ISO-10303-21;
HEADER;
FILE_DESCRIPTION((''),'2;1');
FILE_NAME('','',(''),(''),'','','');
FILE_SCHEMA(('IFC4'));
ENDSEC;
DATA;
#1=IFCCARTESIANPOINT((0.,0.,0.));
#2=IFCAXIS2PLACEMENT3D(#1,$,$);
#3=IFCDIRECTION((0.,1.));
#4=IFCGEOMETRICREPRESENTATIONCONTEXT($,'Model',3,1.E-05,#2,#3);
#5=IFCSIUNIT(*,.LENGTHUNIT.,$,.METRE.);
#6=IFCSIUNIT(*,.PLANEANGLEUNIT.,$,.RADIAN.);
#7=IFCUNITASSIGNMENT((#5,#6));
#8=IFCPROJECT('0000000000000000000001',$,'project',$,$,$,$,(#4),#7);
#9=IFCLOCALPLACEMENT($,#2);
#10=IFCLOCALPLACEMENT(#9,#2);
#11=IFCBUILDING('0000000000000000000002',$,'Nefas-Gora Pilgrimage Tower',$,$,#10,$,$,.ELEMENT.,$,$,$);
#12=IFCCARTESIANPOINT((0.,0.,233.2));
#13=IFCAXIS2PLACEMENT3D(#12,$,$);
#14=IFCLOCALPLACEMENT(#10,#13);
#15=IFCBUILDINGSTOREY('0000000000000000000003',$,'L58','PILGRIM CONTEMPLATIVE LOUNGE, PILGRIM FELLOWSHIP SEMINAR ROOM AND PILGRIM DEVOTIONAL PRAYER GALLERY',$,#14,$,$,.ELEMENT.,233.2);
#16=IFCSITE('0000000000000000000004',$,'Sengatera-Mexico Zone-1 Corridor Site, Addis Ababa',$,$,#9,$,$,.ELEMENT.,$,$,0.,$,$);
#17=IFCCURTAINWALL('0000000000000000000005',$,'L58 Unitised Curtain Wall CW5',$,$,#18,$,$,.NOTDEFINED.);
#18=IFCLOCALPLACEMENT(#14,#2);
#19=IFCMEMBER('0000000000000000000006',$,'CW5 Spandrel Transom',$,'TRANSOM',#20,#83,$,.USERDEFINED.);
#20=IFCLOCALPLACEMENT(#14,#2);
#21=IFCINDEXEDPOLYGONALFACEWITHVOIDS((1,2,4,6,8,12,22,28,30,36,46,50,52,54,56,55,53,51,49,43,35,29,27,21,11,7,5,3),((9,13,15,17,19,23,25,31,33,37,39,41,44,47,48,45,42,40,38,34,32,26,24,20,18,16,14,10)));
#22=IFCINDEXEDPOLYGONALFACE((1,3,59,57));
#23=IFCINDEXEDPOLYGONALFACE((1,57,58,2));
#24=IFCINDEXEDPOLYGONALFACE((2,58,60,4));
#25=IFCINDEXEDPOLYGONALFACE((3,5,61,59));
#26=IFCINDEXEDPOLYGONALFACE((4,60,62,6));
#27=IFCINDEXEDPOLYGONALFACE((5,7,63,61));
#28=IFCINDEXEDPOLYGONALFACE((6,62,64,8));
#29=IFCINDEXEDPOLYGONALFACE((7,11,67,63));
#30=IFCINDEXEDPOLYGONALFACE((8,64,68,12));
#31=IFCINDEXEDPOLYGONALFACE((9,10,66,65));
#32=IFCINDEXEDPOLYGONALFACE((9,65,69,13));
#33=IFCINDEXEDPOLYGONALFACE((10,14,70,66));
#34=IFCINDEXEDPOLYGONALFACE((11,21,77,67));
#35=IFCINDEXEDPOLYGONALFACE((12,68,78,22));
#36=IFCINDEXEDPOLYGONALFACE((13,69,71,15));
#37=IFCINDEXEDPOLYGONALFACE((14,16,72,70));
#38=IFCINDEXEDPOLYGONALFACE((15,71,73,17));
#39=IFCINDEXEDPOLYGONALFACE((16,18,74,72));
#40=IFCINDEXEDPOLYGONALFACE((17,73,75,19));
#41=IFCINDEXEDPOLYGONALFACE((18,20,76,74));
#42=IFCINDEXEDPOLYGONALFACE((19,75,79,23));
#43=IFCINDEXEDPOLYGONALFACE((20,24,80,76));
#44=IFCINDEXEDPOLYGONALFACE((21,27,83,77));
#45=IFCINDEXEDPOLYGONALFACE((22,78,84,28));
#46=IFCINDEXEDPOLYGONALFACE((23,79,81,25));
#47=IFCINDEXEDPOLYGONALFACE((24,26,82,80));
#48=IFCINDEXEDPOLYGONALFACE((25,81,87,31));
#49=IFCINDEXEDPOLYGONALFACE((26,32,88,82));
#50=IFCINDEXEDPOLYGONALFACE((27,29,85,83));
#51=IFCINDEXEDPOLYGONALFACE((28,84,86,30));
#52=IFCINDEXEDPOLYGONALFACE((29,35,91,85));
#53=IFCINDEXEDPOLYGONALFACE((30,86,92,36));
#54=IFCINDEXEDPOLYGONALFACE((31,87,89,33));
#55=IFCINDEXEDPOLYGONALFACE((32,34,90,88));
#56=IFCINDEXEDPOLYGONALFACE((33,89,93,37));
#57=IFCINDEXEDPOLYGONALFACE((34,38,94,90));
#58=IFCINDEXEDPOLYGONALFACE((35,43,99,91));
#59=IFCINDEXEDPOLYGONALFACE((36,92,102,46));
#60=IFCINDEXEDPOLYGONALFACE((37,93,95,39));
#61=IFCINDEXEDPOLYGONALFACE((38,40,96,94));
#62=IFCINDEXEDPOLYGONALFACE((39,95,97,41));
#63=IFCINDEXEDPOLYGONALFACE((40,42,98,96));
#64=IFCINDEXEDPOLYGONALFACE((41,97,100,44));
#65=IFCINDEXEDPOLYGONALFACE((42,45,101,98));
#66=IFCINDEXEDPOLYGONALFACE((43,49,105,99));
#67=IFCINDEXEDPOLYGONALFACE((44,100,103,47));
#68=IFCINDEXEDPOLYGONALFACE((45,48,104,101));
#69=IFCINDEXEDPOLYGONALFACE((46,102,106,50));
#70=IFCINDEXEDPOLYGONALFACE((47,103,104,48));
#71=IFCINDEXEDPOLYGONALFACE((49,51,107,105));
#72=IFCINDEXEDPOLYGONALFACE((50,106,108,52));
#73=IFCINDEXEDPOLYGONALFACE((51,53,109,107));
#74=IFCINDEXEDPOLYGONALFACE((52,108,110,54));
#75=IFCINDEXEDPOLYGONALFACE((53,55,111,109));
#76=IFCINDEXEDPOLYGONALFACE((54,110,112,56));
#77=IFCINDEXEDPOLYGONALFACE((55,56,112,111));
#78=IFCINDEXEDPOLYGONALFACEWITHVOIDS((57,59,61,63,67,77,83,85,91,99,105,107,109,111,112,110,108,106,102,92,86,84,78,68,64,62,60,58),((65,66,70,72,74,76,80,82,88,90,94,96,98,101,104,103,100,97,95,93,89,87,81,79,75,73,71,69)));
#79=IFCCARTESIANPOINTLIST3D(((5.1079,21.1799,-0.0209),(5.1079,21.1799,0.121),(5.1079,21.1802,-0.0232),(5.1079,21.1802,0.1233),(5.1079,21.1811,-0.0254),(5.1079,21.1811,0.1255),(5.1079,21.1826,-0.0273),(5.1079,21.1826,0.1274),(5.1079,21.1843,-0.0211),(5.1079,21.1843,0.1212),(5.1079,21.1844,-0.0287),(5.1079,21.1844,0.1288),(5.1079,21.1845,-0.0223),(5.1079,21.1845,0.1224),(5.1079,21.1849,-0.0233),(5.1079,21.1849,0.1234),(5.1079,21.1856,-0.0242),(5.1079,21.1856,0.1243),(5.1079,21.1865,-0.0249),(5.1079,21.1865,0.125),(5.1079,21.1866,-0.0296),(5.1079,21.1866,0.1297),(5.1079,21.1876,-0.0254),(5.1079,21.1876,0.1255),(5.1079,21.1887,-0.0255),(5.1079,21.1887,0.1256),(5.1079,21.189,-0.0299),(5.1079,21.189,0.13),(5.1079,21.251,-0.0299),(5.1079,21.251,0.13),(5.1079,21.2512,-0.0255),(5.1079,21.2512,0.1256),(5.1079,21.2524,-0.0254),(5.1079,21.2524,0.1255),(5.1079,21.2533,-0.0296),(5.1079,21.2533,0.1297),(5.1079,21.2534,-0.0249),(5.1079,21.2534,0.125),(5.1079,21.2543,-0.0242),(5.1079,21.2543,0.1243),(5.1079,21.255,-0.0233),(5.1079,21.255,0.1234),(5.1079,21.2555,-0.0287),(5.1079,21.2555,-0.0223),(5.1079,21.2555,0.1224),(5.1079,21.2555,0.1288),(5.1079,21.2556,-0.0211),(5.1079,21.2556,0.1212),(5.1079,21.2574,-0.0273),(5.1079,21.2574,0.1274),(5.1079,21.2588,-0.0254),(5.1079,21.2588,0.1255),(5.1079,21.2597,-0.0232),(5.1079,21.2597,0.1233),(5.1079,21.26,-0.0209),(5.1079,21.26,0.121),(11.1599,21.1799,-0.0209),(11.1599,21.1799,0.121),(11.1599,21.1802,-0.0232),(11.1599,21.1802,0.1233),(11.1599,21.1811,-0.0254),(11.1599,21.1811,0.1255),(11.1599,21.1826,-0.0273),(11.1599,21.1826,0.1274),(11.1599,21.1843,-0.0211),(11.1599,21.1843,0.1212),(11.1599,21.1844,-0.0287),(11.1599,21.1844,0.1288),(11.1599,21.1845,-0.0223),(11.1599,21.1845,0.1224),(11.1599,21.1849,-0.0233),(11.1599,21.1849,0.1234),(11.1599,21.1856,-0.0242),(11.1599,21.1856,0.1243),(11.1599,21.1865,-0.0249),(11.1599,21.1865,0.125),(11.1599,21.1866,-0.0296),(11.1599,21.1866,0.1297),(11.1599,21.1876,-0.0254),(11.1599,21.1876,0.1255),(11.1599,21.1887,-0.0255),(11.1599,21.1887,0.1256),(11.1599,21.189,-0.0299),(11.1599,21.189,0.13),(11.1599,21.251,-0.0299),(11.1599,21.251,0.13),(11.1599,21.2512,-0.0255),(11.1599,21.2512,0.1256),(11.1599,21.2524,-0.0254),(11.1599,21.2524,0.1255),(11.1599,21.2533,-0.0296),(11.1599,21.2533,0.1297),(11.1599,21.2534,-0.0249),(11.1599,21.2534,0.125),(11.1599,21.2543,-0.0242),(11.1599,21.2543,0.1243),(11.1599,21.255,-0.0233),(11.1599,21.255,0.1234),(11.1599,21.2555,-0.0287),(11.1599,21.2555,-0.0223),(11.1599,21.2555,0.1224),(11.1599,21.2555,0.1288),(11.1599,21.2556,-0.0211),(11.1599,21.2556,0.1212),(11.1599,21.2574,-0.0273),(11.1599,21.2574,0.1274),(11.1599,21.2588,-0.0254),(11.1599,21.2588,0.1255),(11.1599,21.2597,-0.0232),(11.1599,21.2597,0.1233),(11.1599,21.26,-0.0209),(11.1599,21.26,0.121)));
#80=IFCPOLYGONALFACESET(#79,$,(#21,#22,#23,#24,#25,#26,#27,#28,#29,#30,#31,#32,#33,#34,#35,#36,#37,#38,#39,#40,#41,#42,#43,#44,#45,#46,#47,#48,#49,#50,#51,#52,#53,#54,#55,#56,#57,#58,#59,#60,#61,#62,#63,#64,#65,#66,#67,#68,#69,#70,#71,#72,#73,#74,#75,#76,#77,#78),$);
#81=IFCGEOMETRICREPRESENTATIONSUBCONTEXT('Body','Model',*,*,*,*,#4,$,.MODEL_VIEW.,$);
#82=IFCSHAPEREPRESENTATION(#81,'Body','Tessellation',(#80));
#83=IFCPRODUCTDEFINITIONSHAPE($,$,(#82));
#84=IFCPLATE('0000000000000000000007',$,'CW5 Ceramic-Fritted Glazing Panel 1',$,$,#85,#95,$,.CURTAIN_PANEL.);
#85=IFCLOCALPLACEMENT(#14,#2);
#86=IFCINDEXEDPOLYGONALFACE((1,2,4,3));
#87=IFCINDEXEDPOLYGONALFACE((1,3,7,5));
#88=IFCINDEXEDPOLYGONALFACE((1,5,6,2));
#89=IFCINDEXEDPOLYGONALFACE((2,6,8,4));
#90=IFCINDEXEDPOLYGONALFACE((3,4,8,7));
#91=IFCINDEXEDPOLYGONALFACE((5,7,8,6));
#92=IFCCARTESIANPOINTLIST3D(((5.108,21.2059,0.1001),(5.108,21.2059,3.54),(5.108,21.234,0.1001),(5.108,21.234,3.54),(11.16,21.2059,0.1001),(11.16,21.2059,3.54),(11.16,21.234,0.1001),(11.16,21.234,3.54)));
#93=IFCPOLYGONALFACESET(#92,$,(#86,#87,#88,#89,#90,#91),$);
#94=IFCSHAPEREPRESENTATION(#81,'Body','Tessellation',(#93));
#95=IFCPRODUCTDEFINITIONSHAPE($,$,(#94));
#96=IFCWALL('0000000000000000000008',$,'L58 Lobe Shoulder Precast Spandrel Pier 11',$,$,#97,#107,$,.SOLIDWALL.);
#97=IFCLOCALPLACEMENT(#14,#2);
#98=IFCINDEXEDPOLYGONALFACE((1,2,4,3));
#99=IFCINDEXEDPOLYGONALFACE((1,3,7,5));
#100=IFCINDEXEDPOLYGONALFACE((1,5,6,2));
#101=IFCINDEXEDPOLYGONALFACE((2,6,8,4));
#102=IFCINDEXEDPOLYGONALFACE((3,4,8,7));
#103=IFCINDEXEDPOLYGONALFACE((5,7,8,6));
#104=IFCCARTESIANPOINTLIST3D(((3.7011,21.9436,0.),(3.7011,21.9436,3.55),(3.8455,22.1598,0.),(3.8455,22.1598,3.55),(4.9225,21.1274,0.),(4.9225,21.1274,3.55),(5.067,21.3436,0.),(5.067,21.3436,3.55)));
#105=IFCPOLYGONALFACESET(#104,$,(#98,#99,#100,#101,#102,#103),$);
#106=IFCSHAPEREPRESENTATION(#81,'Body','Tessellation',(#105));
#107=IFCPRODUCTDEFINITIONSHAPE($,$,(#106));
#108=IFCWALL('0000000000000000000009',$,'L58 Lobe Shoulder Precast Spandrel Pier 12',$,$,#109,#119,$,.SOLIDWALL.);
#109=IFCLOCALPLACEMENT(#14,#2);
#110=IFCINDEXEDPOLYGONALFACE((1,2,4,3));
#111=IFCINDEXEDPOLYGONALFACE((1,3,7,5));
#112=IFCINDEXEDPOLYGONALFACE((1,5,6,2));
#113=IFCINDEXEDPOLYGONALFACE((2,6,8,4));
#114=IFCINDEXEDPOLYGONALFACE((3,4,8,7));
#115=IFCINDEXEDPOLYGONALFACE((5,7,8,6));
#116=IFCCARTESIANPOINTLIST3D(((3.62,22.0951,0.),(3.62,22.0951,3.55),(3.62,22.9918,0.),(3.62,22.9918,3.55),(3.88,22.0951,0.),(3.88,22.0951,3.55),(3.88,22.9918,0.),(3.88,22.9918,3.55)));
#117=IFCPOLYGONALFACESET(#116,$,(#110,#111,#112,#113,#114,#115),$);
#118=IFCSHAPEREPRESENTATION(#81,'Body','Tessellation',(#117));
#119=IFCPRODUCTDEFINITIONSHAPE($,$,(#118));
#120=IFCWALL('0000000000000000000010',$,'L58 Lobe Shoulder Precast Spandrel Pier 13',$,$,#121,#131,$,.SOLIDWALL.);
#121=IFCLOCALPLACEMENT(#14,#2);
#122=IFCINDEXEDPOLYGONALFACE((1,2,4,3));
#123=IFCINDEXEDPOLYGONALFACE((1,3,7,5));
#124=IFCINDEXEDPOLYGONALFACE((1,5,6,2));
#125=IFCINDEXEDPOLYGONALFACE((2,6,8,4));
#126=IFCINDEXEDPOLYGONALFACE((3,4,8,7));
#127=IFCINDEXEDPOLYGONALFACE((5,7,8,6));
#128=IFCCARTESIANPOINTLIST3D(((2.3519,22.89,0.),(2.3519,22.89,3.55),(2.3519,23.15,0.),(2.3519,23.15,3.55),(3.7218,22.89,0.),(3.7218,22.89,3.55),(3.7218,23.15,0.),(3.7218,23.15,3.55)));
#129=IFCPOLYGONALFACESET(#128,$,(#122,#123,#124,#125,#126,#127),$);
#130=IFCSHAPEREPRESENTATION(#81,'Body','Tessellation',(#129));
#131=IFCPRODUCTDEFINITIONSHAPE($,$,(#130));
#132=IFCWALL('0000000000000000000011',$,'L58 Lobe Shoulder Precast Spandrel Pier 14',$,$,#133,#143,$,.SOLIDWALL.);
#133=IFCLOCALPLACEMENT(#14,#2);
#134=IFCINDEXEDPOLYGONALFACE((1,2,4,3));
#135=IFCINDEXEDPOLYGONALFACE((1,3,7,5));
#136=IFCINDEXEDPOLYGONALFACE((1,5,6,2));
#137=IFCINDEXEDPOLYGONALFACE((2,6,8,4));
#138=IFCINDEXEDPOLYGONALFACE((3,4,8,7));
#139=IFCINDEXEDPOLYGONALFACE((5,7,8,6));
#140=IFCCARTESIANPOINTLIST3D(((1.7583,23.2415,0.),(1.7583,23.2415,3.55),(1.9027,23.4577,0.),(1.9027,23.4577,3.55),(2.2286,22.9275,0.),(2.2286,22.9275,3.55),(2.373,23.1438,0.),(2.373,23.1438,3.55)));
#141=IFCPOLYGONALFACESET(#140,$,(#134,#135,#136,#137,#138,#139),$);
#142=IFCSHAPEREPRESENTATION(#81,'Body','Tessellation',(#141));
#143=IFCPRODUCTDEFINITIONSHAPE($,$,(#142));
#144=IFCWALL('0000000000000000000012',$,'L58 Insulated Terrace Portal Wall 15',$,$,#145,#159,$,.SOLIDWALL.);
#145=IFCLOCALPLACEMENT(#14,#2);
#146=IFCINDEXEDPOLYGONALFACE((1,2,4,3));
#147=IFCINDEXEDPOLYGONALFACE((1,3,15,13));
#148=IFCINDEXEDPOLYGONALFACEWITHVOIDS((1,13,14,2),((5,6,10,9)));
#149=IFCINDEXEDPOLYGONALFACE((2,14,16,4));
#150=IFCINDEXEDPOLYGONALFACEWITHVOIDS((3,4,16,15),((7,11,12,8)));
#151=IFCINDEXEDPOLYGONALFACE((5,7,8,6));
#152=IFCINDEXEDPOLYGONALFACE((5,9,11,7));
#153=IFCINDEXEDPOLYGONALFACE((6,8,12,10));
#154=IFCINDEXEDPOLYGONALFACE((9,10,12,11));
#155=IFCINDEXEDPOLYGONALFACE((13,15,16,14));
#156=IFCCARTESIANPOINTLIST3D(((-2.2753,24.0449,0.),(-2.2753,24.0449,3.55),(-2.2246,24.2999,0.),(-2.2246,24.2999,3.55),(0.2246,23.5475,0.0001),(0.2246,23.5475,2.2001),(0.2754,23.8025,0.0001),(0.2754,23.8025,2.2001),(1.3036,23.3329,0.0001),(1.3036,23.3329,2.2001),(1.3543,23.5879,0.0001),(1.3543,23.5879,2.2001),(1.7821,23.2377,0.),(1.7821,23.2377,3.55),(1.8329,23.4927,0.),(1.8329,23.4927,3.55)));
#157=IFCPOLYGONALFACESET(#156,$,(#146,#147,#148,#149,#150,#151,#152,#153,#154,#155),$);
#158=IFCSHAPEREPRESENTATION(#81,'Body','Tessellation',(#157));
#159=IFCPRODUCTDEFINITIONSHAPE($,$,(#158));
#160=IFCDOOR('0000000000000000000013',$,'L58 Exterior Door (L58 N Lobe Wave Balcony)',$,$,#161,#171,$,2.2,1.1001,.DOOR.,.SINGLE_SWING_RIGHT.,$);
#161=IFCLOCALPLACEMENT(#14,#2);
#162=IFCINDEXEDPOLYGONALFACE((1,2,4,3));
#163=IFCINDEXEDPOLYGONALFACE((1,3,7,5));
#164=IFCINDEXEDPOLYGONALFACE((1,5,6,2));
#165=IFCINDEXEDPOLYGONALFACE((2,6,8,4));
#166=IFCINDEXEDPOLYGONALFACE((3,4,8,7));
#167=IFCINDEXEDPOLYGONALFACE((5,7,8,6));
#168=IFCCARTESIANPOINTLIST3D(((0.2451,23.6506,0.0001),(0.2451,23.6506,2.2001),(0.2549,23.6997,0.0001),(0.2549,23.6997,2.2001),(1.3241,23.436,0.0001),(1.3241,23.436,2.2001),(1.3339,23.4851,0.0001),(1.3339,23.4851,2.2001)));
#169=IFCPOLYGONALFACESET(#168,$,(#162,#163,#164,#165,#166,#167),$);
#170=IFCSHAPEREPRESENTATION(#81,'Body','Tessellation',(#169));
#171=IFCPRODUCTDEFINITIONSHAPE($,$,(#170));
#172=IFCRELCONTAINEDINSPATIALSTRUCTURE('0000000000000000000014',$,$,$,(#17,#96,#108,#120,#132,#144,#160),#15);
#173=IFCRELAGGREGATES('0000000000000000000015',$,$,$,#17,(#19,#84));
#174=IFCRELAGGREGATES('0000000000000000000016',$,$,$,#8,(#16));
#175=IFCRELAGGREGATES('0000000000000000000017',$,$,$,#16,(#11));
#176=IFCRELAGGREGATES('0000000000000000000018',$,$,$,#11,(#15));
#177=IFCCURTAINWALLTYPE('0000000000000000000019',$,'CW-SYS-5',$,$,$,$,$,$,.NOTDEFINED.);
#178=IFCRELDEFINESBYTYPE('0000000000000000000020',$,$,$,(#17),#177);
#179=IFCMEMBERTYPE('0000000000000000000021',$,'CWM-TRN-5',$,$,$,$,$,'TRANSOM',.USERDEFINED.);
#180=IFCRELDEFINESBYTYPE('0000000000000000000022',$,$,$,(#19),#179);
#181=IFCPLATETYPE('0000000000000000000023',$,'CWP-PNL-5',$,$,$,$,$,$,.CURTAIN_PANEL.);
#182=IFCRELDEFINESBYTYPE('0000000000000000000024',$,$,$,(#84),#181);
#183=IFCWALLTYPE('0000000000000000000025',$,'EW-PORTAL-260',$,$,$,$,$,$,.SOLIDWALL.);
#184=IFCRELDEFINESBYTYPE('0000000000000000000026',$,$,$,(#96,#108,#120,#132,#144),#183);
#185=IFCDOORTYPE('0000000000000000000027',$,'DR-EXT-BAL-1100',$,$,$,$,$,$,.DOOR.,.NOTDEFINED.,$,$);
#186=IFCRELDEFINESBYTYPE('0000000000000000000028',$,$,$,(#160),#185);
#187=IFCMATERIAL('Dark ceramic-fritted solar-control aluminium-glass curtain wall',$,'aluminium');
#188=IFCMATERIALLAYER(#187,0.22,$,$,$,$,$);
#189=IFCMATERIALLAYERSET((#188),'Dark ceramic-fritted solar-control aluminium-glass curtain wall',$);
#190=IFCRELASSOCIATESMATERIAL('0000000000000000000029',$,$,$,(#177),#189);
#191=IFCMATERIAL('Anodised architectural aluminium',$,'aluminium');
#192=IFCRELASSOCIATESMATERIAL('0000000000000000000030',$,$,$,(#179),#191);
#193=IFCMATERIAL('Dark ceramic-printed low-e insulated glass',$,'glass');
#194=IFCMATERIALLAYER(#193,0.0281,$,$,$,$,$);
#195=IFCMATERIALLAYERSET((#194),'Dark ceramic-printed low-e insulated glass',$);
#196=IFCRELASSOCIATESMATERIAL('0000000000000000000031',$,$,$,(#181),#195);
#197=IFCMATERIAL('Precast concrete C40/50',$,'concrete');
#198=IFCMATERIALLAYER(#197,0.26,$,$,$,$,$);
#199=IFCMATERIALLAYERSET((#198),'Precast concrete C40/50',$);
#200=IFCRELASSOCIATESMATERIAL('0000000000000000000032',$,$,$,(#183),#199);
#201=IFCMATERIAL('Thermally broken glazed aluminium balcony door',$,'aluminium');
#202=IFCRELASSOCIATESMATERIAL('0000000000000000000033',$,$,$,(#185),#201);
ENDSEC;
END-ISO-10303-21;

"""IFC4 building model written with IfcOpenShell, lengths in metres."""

from ifc_helpers import new_model, si_unit, direction, frame, frame_2d, origin, origin_2d, place, context, subcontext, project, spatial, rectangle, hollow_rectangle, extrude, source, transform, mapped, material, layer, layer_set, material_profile, profile_set, type_object, element, fill, aggregate, save


model = new_model("IFC4")

# Units and contexts
model_context = context("Model", 3, precision=1e-05, world=origin(), true_north=direction((0.0, 1.0)))
body_context = subcontext(model_context, "Body", "Model", "MODEL_VIEW")
ifc_project = project(units=[si_unit("LENGTHUNIT", "METRE"), si_unit("PLANEANGLEUNIT", "RADIAN")], contexts=[model_context])

# Site, building, storey
site_placement = place(None, origin())
site = spatial("IfcSite", under=ifc_project, at=site_placement, Name="Sengatera-Mexico Zone-1 Corridor Site, Addis Ababa", CompositionType="ELEMENT", RefElevation=0.0)
building_placement = place(site_placement, origin())
building = spatial("IfcBuilding", under=site, at=building_placement, Name="Nefas-Gora Pilgrimage Tower", CompositionType="ELEMENT")
storey_placement = place(building_placement, frame((0.0, 0.0, 233.2)))
storey = spatial("IfcBuildingStorey", under=building, at=storey_placement, Name="L58", Description="PILGRIM CONTEMPLATIVE LOUNGE, PILGRIM FELLOWSHIP SEMINAR ROOM AND PILGRIM DEVOTIONAL PRAYER GALLERY", CompositionType="ELEMENT", Elevation=233.2)

# Curtain wall, member, plate
ifc_material_1 = material(Name="Dark ceramic-fritted solar-control aluminium-glass curtain wall", Category="aluminium")
ifc_layer_1 = layer(ifc_material_1, 0.22)
ifc_layer_set_1 = layer_set([ifc_layer_1], Name="Dark ceramic-fritted solar-control aluminium-glass curtain wall")
curtain_wall_type = type_object("IfcCurtainWallType", Name="CW-SYS-5", PredefinedType="NOTDEFINED", material=ifc_layer_set_1)
curtain_wall_placement = place(storey_placement, origin())
curtain_wall = element("IfcCurtainWall", 1, at=curtain_wall_placement, inside=storey, type_object=curtain_wall_type, Name="L58 Unitised Curtain Wall CW5", PredefinedType="NOTDEFINED")
ifc_material_2 = material(Name="Anodised architectural aluminium", Category="aluminium")
ifc_material_profile_1 = material_profile(ifc_material_2, hollow_rectangle(XDim=0.0801, YDim=0.1599, WallThickness=0.0044, InnerFilletRadius=0.0044, OuterFilletRadius=0.009, at=origin_2d()), Name="ALU TRANSOM 80x160")
ifc_profile_set_1 = profile_set([ifc_material_profile_1], Name="Anodised architectural aluminium")
member_type_1 = type_object("IfcMemberType", Name="CWM-TRN-5", ElementType="TRANSOM", PredefinedType="USERDEFINED", material=ifc_profile_set_1)
shared_shape_1 = source(origin(), body_context, "Body", "SweptSolid", [
    extrude(hollow_rectangle(XDim=0.0801, YDim=0.1599, WallThickness=0.0044, InnerFilletRadius=0.0044, OuterFilletRadius=0.009, at=origin_2d()), origin(), (0.0, 0.0, 1.0), 6.052),
])
member_1_placement = place(storey_placement, frame((11.1599, 21.22, 0.05), z_axis=(-1.0, 0.0, 0.0), x_axis=(0.0, -1.0, 0.0)))
member_1 = element("IfcMember", 2, at=member_1_placement, type_object=member_type_1, Name="CW5 Spandrel Transom", ObjectType="TRANSOM", PredefinedType="USERDEFINED", context=body_context, shape_type="MappedRepresentation", body=[
    mapped(shared_shape_1, transform((0.0, 0.0, 0.0), x_axis=(1.0, 0.0, 0.0), y_axis=(0.0, 1.0, 0.0), z_axis=(0.0, 0.0, 1.0), scale=1.0)),
])
ifc_material_3 = material(Name="Dark ceramic-printed low-e insulated glass", Category="glass")
ifc_layer_2 = layer(ifc_material_3, 0.0281)
ifc_layer_set_2 = layer_set([ifc_layer_2], Name="Dark ceramic-printed low-e insulated glass")
plate_type = type_object("IfcPlateType", Name="CWP-PNL-5", PredefinedType="CURTAIN_PANEL", material=ifc_layer_set_2)
shared_shape_2 = source(origin(), body_context, "Body", "SweptSolid", [
    extrude(rectangle(XDim=6.052, YDim=0.0281, at=origin_2d()), origin(), (0.0, 0.0, 1.0), 3.4399),
])
plate_placement = place(storey_placement, frame((8.134, 21.22, 0.1001), z_axis=(0.0, 0.0, 1.0), x_axis=(-1.0, 0.0, 0.0)))
plate = element("IfcPlate", 3, at=plate_placement, type_object=plate_type, Name="CW5 Ceramic-Fritted Glazing Panel 1", PredefinedType="CURTAIN_PANEL", context=body_context, shape_type="MappedRepresentation", body=[
    mapped(shared_shape_2, transform((0.0, 0.0, 0.0), x_axis=(1.0, 0.0, 0.0), y_axis=(0.0, 1.0, 0.0), z_axis=(0.0, 0.0, 1.0), scale=1.0)),
])
aggregate(curtain_wall, [member_1, plate])

# Walls
ifc_material_4 = material(Name="Precast concrete C40/50", Category="concrete")
ifc_layer_3 = layer(ifc_material_4, 0.26)
ifc_layer_set_3 = layer_set([ifc_layer_3], Name="Precast concrete C40/50")
wall_type_1 = type_object("IfcWallType", Name="EW-PORTAL-260", PredefinedType="SOLIDWALL", material=ifc_layer_set_3)
shared_shape_3 = source(origin(), body_context, "Body", "SweptSolid", [
    extrude(rectangle(XDim=1.469, YDim=0.26, at=frame_2d((0.7344, 0.0))), origin(), (0.0, 0.0, 1.0), 3.55),
])
wall_1_placement = place(storey_placement, frame((4.9946, 21.2356, 0.0), z_axis=(0.0, 0.0, 1.0), x_axis=(-0.831462, 0.555582, 0.0)))
element("IfcWall", 4, at=wall_1_placement, inside=storey, type_object=wall_type_1, Name="L58 Lobe Shoulder Precast Spandrel Pier 11", PredefinedType="SOLIDWALL", context=body_context, shape_type="MappedRepresentation", body=[
    mapped(shared_shape_3, transform((0.0, 0.0, 0.0), x_axis=(1.0, 0.0, 0.0), y_axis=(0.0, 1.0, 0.0), z_axis=(0.0, 0.0, 1.0), scale=1.0)),
])
shared_shape_4 = source(origin(), body_context, "Body", "SweptSolid", [
    extrude(rectangle(XDim=0.8967, YDim=0.26, at=frame_2d((0.4482, 0.0))), origin(), (0.0, 0.0, 1.0), 3.55),
])
wall_2_placement = place(storey_placement, frame((3.75, 22.0952, 0.0), z_axis=(0.0, 0.0, 1.0), x_axis=(0.0, 1.0, 0.0)))
element("IfcWall", 5, at=wall_2_placement, inside=storey, type_object=wall_type_1, Name="L58 Lobe Shoulder Precast Spandrel Pier 12", PredefinedType="SOLIDWALL", context=body_context, shape_type="MappedRepresentation", body=[
    mapped(shared_shape_4, transform((0.0, 0.0, 0.0), x_axis=(1.0, 0.0, 0.0), y_axis=(0.0, 1.0, 0.0), z_axis=(0.0, 0.0, 1.0), scale=1.0)),
])
shared_shape_5 = source(origin(), body_context, "Body", "SweptSolid", [
    extrude(rectangle(XDim=1.3699, YDim=0.26, at=frame_2d((0.6851, 0.0))), origin(), (0.0, 0.0, 1.0), 3.55),
])
wall_3_placement = place(storey_placement, frame((3.7219, 23.02, 0.0), z_axis=(0.0, 0.0, 1.0), x_axis=(-1.0, 0.0, 0.0)))
element("IfcWall", 6, at=wall_3_placement, inside=storey, type_object=wall_type_1, Name="L58 Lobe Shoulder Precast Spandrel Pier 13", PredefinedType="SOLIDWALL", context=body_context, shape_type="MappedRepresentation", body=[
    mapped(shared_shape_5, transform((0.0, 0.0, 0.0), x_axis=(1.0, 0.0, 0.0), y_axis=(0.0, 1.0, 0.0), z_axis=(0.0, 0.0, 1.0), scale=1.0)),
])
shared_shape_6 = source(origin(), body_context, "Body", "SweptSolid", [
    extrude(rectangle(XDim=0.5654, YDim=0.26, at=frame_2d((0.2827, 0.0))), origin(), (0.0, 0.0, 1.0), 3.55),
])
wall_4_placement = place(storey_placement, frame((2.3008, 23.0356, 0.0), z_axis=(0.0, 0.0, 1.0), x_axis=(-0.831651, 0.555298, 0.0)))
element("IfcWall", 7, at=wall_4_placement, inside=storey, type_object=wall_type_1, Name="L58 Lobe Shoulder Precast Spandrel Pier 14", PredefinedType="SOLIDWALL", context=body_context, shape_type="MappedRepresentation", body=[
    mapped(shared_shape_6, transform((0.0, 0.0, 0.0), x_axis=(1.0, 0.0, 0.0), y_axis=(0.0, 1.0, 0.0), z_axis=(0.0, 0.0, 1.0), scale=1.0)),
])

# Wall, opening, door
shared_shape_7 = source(origin(), body_context, "Body", "SweptSolid", [
    extrude(rectangle(XDim=4.137, YDim=0.26, at=frame_2d((2.0684, 0.0))), origin(), (0.0, 0.0, 1.0), 3.55),
])
wall_5_placement = place(storey_placement, frame((1.8074, 23.3652, 0.0), z_axis=(0.0, 0.0, 1.0), x_axis=(-0.980782, 0.195106, 0.0)))
wall_5 = element("IfcWall", 8, at=wall_5_placement, inside=storey, type_object=wall_type_1, Name="L58 Insulated Terrace Portal Wall 15", PredefinedType="SOLIDWALL", context=body_context, shape_type="MappedRepresentation", body=[
    mapped(shared_shape_7, transform((0.0, 0.0, 0.0), x_axis=(1.0, 0.0, 0.0), y_axis=(0.0, 1.0, 0.0), z_axis=(0.0, 0.0, 1.0), scale=1.0)),
])
opening_1_placement = place(wall_5_placement, frame((0.4878, 0.0, 0.0)))
opening_1 = element("IfcOpeningElement", 9, at=opening_1_placement, cuts=wall_5, PredefinedType="OPENING", context=body_context, shape_type="SweptSolid", body=[
    extrude(rectangle(XDim=1.1001, YDim=2.2, at=frame_2d((0.55, 1.1001))), frame((0.0, 0.1399, 0.0), z_axis=(0.0, -1.0, 0.0), x_axis=(1.0, 0.0, 0.0)), (0.0, 0.0, 1.0), 0.28),
])
ifc_material_5 = material(Name="Thermally broken glazed aluminium balcony door", Category="aluminium")
door_type_1 = type_object("IfcDoorType", Name="DR-EXT-BAL-1100", OperationType="NOTDEFINED", PredefinedType="DOOR", material=ifc_material_5)
shared_shape_8 = source(origin(), body_context, "Body", "SweptSolid", [
    extrude(rectangle(XDim=1.1001, YDim=2.2, at=frame_2d((0.55, 1.1001))), frame((0.0, 0.0249, 0.0), z_axis=(0.0, -1.0, 0.0), x_axis=(1.0, 0.0, 0.0)), (0.0, 0.0, 1.0), 0.05),
])
door_1_placement = place(opening_1_placement, origin())
door_1 = element("IfcDoor", 10, at=door_1_placement, inside=storey, type_object=door_type_1, Name="L58 Exterior Door (L58 N Lobe Wave Balcony)", OperationType="SINGLE_SWING_RIGHT", OverallHeight=2.2, OverallWidth=1.1001, PredefinedType="DOOR", context=body_context, shape_type="MappedRepresentation", body=[
    mapped(shared_shape_8, transform((0.0, 0.0, 0.0), x_axis=(1.0, 0.0, 0.0), y_axis=(0.0, 1.0, 0.0), z_axis=(0.0, 0.0, 1.0), scale=1.0)),
])
fill(opening_1, door_1)

save(model, "model.ifc")
